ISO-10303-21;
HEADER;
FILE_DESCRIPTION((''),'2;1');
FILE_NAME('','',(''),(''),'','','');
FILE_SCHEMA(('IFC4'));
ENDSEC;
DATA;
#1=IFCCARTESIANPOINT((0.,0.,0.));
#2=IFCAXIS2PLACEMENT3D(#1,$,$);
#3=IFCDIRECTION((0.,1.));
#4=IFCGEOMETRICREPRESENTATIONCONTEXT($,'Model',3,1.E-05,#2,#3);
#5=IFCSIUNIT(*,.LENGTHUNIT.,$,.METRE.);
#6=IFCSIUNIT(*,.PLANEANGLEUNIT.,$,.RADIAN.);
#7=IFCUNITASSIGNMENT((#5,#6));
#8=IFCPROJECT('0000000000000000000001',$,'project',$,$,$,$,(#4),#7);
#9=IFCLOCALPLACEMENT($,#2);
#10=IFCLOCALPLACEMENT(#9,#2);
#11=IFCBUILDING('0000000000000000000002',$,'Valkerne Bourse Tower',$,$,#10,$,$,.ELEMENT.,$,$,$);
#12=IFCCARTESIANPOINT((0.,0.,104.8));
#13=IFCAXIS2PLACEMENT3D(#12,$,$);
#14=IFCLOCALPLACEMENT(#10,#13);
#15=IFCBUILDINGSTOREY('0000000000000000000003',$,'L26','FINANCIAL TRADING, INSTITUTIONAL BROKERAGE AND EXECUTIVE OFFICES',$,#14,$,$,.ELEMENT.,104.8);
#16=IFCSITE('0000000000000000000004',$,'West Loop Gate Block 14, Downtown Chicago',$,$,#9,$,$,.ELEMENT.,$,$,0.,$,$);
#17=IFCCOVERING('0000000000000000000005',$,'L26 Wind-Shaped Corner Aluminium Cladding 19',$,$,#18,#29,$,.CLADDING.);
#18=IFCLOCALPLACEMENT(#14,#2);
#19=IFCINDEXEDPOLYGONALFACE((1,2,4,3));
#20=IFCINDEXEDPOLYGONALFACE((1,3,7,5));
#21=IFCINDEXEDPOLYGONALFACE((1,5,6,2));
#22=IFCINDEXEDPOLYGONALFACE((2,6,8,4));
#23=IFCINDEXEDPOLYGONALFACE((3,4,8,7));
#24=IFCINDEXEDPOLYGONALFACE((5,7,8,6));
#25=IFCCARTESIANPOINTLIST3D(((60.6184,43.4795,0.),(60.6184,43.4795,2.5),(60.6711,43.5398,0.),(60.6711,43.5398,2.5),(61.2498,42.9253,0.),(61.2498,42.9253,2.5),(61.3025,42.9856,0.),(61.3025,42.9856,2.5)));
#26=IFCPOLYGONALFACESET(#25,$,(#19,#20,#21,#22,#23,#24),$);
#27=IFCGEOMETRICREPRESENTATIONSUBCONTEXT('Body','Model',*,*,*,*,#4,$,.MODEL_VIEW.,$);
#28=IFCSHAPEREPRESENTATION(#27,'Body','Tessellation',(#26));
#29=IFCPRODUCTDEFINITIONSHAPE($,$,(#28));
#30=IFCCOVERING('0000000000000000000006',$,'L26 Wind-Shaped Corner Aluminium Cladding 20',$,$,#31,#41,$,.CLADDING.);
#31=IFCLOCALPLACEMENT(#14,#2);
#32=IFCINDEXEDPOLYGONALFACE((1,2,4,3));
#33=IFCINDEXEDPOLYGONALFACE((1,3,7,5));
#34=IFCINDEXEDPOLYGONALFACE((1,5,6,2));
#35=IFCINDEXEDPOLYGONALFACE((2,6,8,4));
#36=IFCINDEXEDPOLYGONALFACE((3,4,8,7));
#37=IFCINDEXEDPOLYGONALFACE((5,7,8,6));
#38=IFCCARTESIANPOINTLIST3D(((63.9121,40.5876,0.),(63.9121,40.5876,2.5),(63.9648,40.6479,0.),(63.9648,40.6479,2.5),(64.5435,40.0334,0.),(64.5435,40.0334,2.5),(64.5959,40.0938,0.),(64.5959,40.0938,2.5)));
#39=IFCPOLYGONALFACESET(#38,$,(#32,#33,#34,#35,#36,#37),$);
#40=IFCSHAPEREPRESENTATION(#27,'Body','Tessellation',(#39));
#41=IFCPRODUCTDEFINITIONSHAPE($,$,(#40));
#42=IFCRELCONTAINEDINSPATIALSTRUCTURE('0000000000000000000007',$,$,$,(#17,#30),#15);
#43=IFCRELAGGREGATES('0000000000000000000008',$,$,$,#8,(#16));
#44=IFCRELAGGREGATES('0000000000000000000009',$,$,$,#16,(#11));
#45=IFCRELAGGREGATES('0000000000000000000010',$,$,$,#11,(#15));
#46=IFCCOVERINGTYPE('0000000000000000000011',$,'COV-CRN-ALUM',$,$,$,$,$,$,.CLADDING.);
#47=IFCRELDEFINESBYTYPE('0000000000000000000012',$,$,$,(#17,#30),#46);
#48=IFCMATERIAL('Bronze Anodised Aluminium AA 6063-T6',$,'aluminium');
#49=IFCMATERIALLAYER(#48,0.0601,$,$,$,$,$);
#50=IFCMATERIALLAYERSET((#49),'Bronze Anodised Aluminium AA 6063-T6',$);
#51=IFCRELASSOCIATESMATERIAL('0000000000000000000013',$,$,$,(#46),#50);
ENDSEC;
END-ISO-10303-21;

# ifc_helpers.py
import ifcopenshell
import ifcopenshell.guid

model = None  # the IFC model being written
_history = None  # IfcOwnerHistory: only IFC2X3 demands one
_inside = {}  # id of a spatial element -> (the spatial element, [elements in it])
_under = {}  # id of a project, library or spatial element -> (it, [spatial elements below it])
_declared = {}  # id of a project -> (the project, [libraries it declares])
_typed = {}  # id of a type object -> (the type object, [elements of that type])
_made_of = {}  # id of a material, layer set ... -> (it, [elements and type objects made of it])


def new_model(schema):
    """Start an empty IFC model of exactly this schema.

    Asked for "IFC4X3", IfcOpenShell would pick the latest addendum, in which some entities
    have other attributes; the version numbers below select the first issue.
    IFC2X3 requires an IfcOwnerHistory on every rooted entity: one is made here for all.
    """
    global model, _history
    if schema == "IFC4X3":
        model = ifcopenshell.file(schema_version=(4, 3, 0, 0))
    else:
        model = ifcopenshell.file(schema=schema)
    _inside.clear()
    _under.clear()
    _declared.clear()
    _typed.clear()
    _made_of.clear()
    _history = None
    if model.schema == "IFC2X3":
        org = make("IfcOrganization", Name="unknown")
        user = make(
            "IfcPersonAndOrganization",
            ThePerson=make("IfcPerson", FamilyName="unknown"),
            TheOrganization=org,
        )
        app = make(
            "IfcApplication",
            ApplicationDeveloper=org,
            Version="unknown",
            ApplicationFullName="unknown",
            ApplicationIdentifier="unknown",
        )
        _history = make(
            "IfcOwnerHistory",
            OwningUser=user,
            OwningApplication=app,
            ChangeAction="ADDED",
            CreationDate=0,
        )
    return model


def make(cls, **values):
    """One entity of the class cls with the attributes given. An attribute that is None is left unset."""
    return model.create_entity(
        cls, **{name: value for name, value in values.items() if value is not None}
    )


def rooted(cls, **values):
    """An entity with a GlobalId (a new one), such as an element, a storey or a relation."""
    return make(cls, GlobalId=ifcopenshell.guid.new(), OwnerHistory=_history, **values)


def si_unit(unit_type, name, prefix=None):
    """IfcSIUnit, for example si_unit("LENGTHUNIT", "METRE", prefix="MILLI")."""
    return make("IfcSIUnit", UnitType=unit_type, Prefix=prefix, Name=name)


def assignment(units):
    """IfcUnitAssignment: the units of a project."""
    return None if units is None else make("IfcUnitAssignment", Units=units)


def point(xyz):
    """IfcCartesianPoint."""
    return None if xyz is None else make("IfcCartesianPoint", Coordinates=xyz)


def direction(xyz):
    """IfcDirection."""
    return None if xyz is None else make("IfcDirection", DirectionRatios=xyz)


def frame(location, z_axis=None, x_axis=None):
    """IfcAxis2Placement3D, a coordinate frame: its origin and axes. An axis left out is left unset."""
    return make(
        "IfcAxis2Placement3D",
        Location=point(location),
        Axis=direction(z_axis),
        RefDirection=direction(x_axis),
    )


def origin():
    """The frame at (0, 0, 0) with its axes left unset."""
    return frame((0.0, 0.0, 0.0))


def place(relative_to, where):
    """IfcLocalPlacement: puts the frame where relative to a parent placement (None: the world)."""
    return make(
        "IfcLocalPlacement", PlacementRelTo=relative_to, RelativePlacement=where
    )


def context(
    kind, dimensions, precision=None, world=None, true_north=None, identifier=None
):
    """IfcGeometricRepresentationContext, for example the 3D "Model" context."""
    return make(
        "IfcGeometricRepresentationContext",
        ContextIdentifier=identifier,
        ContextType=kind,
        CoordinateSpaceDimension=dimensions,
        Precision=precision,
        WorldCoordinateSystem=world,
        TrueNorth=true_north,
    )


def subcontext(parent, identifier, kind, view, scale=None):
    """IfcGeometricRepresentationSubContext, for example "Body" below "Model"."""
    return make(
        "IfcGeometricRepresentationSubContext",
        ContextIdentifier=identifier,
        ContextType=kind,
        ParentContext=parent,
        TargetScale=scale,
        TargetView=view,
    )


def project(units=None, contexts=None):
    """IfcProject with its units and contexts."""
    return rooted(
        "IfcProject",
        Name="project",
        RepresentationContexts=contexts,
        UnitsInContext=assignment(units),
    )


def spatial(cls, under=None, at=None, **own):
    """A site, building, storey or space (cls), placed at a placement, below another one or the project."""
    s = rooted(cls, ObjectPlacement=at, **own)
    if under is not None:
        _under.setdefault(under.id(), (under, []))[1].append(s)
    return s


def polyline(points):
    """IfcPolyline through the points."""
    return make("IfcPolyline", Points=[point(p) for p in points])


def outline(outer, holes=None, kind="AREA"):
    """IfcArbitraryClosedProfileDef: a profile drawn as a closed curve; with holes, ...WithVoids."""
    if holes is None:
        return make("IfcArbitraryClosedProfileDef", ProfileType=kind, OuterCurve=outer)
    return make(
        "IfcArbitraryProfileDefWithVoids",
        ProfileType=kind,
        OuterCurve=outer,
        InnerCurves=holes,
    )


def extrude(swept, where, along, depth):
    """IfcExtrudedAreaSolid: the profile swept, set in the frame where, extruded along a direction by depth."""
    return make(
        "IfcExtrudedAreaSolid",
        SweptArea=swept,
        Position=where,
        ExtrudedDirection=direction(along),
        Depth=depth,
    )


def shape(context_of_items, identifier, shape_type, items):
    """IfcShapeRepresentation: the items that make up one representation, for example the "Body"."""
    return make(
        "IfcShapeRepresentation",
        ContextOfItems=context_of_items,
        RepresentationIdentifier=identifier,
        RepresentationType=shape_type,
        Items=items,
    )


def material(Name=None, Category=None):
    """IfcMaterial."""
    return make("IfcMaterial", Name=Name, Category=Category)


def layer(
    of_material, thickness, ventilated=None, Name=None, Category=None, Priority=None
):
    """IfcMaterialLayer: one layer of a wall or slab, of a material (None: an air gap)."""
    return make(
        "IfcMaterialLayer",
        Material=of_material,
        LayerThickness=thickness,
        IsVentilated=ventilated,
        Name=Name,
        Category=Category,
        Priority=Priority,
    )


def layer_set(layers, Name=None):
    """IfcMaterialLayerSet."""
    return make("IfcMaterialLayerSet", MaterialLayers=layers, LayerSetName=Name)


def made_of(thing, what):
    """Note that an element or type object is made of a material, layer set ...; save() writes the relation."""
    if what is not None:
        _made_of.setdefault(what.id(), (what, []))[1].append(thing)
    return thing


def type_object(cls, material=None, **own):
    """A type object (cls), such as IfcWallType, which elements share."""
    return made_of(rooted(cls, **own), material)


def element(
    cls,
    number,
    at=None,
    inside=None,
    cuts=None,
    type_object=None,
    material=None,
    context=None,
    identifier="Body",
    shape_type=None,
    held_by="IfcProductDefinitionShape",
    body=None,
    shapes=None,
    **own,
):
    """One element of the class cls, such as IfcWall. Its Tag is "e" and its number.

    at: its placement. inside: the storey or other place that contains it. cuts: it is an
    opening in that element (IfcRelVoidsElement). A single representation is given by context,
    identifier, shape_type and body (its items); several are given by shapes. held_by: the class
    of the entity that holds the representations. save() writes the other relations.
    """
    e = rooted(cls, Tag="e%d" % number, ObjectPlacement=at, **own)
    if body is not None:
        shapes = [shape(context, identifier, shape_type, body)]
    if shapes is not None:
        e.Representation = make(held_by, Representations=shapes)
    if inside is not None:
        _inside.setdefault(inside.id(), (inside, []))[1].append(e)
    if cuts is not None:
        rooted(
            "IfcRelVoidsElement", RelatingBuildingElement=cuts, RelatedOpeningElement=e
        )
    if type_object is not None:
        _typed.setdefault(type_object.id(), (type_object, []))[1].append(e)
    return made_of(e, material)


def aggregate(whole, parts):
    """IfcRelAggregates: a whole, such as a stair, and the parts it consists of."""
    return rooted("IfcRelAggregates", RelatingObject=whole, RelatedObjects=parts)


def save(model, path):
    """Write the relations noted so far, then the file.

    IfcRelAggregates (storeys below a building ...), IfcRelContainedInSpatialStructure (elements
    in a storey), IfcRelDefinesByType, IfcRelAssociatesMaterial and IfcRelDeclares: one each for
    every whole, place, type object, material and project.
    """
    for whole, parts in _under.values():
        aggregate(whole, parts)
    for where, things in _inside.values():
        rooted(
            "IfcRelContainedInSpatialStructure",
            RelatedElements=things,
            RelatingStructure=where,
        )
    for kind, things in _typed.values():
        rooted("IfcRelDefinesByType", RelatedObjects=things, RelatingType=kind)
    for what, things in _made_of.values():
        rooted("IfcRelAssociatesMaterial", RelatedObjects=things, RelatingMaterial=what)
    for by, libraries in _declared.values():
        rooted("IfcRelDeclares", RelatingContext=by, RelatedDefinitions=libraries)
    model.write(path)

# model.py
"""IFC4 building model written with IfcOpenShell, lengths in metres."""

from ifc_helpers import new_model, si_unit, direction, frame, origin, place, context, subcontext, project, spatial, polyline, outline, extrude, material, layer, layer_set, type_object, element, save


model = new_model("IFC4")

# Units and contexts
model_context = context("Model", 3, precision=1e-05, world=origin(), true_north=direction((0.0, 1.0)))
body_context = subcontext(model_context, "Body", "Model", "MODEL_VIEW")
ifc_project = project(units=[si_unit("LENGTHUNIT", "METRE"), si_unit("PLANEANGLEUNIT", "RADIAN")], contexts=[model_context])

# Site, building, storey
site_placement = place(None, origin())
site = spatial("IfcSite", under=ifc_project, at=site_placement, Name="West Loop Gate Block 14, Downtown Chicago", CompositionType="ELEMENT", RefElevation=0.0)
building_placement = place(site_placement, origin())
building = spatial("IfcBuilding", under=site, at=building_placement, Name="Valkerne Bourse Tower", CompositionType="ELEMENT")
storey_placement = place(building_placement, frame((0.0, 0.0, 104.8)))
storey = spatial("IfcBuildingStorey", under=building, at=storey_placement, Name="L26", Description="FINANCIAL TRADING, INSTITUTIONAL BROKERAGE AND EXECUTIVE OFFICES", CompositionType="ELEMENT", Elevation=104.8)

# Coverings
ifc_material_1 = material(Name="Bronze Anodised Aluminium AA 6063-T6", Category="aluminium")
ifc_layer_1 = layer(ifc_material_1, 0.0601)
ifc_layer_set_1 = layer_set([ifc_layer_1], Name="Bronze Anodised Aluminium AA 6063-T6")
covering_type = type_object("IfcCoveringType", Name="COV-CRN-ALUM", PredefinedType="CLADDING", material=ifc_layer_set_1)
covering_1_placement = place(storey_placement, origin())
element("IfcCovering", 1, at=covering_1_placement, inside=storey, type_object=covering_type, Name="L26 Wind-Shaped Corner Aluminium Cladding 19", PredefinedType="CLADDING", context=body_context, shape_type="SweptSolid", body=[
    extrude(outline(polyline([(61.3025, 42.9856), (61.2498, 42.9253), (60.6184, 43.4795), (60.6711, 43.5398), (61.3025, 42.9856)])), origin(), (0.0, 0.0, 1.0), 2.5),
])
covering_2_placement = place(storey_placement, origin())
element("IfcCovering", 2, at=covering_2_placement, inside=storey, type_object=covering_type, Name="L26 Wind-Shaped Corner Aluminium Cladding 20", PredefinedType="CLADDING", context=body_context, shape_type="SweptSolid", body=[
    extrude(outline(polyline([(64.5959, 40.0938), (64.5435, 40.0334), (63.9121, 40.5876), (63.9648, 40.6479), (64.5959, 40.0938)])), origin(), (0.0, 0.0, 1.0), 2.5),
])

save(model, "model.ifc")
